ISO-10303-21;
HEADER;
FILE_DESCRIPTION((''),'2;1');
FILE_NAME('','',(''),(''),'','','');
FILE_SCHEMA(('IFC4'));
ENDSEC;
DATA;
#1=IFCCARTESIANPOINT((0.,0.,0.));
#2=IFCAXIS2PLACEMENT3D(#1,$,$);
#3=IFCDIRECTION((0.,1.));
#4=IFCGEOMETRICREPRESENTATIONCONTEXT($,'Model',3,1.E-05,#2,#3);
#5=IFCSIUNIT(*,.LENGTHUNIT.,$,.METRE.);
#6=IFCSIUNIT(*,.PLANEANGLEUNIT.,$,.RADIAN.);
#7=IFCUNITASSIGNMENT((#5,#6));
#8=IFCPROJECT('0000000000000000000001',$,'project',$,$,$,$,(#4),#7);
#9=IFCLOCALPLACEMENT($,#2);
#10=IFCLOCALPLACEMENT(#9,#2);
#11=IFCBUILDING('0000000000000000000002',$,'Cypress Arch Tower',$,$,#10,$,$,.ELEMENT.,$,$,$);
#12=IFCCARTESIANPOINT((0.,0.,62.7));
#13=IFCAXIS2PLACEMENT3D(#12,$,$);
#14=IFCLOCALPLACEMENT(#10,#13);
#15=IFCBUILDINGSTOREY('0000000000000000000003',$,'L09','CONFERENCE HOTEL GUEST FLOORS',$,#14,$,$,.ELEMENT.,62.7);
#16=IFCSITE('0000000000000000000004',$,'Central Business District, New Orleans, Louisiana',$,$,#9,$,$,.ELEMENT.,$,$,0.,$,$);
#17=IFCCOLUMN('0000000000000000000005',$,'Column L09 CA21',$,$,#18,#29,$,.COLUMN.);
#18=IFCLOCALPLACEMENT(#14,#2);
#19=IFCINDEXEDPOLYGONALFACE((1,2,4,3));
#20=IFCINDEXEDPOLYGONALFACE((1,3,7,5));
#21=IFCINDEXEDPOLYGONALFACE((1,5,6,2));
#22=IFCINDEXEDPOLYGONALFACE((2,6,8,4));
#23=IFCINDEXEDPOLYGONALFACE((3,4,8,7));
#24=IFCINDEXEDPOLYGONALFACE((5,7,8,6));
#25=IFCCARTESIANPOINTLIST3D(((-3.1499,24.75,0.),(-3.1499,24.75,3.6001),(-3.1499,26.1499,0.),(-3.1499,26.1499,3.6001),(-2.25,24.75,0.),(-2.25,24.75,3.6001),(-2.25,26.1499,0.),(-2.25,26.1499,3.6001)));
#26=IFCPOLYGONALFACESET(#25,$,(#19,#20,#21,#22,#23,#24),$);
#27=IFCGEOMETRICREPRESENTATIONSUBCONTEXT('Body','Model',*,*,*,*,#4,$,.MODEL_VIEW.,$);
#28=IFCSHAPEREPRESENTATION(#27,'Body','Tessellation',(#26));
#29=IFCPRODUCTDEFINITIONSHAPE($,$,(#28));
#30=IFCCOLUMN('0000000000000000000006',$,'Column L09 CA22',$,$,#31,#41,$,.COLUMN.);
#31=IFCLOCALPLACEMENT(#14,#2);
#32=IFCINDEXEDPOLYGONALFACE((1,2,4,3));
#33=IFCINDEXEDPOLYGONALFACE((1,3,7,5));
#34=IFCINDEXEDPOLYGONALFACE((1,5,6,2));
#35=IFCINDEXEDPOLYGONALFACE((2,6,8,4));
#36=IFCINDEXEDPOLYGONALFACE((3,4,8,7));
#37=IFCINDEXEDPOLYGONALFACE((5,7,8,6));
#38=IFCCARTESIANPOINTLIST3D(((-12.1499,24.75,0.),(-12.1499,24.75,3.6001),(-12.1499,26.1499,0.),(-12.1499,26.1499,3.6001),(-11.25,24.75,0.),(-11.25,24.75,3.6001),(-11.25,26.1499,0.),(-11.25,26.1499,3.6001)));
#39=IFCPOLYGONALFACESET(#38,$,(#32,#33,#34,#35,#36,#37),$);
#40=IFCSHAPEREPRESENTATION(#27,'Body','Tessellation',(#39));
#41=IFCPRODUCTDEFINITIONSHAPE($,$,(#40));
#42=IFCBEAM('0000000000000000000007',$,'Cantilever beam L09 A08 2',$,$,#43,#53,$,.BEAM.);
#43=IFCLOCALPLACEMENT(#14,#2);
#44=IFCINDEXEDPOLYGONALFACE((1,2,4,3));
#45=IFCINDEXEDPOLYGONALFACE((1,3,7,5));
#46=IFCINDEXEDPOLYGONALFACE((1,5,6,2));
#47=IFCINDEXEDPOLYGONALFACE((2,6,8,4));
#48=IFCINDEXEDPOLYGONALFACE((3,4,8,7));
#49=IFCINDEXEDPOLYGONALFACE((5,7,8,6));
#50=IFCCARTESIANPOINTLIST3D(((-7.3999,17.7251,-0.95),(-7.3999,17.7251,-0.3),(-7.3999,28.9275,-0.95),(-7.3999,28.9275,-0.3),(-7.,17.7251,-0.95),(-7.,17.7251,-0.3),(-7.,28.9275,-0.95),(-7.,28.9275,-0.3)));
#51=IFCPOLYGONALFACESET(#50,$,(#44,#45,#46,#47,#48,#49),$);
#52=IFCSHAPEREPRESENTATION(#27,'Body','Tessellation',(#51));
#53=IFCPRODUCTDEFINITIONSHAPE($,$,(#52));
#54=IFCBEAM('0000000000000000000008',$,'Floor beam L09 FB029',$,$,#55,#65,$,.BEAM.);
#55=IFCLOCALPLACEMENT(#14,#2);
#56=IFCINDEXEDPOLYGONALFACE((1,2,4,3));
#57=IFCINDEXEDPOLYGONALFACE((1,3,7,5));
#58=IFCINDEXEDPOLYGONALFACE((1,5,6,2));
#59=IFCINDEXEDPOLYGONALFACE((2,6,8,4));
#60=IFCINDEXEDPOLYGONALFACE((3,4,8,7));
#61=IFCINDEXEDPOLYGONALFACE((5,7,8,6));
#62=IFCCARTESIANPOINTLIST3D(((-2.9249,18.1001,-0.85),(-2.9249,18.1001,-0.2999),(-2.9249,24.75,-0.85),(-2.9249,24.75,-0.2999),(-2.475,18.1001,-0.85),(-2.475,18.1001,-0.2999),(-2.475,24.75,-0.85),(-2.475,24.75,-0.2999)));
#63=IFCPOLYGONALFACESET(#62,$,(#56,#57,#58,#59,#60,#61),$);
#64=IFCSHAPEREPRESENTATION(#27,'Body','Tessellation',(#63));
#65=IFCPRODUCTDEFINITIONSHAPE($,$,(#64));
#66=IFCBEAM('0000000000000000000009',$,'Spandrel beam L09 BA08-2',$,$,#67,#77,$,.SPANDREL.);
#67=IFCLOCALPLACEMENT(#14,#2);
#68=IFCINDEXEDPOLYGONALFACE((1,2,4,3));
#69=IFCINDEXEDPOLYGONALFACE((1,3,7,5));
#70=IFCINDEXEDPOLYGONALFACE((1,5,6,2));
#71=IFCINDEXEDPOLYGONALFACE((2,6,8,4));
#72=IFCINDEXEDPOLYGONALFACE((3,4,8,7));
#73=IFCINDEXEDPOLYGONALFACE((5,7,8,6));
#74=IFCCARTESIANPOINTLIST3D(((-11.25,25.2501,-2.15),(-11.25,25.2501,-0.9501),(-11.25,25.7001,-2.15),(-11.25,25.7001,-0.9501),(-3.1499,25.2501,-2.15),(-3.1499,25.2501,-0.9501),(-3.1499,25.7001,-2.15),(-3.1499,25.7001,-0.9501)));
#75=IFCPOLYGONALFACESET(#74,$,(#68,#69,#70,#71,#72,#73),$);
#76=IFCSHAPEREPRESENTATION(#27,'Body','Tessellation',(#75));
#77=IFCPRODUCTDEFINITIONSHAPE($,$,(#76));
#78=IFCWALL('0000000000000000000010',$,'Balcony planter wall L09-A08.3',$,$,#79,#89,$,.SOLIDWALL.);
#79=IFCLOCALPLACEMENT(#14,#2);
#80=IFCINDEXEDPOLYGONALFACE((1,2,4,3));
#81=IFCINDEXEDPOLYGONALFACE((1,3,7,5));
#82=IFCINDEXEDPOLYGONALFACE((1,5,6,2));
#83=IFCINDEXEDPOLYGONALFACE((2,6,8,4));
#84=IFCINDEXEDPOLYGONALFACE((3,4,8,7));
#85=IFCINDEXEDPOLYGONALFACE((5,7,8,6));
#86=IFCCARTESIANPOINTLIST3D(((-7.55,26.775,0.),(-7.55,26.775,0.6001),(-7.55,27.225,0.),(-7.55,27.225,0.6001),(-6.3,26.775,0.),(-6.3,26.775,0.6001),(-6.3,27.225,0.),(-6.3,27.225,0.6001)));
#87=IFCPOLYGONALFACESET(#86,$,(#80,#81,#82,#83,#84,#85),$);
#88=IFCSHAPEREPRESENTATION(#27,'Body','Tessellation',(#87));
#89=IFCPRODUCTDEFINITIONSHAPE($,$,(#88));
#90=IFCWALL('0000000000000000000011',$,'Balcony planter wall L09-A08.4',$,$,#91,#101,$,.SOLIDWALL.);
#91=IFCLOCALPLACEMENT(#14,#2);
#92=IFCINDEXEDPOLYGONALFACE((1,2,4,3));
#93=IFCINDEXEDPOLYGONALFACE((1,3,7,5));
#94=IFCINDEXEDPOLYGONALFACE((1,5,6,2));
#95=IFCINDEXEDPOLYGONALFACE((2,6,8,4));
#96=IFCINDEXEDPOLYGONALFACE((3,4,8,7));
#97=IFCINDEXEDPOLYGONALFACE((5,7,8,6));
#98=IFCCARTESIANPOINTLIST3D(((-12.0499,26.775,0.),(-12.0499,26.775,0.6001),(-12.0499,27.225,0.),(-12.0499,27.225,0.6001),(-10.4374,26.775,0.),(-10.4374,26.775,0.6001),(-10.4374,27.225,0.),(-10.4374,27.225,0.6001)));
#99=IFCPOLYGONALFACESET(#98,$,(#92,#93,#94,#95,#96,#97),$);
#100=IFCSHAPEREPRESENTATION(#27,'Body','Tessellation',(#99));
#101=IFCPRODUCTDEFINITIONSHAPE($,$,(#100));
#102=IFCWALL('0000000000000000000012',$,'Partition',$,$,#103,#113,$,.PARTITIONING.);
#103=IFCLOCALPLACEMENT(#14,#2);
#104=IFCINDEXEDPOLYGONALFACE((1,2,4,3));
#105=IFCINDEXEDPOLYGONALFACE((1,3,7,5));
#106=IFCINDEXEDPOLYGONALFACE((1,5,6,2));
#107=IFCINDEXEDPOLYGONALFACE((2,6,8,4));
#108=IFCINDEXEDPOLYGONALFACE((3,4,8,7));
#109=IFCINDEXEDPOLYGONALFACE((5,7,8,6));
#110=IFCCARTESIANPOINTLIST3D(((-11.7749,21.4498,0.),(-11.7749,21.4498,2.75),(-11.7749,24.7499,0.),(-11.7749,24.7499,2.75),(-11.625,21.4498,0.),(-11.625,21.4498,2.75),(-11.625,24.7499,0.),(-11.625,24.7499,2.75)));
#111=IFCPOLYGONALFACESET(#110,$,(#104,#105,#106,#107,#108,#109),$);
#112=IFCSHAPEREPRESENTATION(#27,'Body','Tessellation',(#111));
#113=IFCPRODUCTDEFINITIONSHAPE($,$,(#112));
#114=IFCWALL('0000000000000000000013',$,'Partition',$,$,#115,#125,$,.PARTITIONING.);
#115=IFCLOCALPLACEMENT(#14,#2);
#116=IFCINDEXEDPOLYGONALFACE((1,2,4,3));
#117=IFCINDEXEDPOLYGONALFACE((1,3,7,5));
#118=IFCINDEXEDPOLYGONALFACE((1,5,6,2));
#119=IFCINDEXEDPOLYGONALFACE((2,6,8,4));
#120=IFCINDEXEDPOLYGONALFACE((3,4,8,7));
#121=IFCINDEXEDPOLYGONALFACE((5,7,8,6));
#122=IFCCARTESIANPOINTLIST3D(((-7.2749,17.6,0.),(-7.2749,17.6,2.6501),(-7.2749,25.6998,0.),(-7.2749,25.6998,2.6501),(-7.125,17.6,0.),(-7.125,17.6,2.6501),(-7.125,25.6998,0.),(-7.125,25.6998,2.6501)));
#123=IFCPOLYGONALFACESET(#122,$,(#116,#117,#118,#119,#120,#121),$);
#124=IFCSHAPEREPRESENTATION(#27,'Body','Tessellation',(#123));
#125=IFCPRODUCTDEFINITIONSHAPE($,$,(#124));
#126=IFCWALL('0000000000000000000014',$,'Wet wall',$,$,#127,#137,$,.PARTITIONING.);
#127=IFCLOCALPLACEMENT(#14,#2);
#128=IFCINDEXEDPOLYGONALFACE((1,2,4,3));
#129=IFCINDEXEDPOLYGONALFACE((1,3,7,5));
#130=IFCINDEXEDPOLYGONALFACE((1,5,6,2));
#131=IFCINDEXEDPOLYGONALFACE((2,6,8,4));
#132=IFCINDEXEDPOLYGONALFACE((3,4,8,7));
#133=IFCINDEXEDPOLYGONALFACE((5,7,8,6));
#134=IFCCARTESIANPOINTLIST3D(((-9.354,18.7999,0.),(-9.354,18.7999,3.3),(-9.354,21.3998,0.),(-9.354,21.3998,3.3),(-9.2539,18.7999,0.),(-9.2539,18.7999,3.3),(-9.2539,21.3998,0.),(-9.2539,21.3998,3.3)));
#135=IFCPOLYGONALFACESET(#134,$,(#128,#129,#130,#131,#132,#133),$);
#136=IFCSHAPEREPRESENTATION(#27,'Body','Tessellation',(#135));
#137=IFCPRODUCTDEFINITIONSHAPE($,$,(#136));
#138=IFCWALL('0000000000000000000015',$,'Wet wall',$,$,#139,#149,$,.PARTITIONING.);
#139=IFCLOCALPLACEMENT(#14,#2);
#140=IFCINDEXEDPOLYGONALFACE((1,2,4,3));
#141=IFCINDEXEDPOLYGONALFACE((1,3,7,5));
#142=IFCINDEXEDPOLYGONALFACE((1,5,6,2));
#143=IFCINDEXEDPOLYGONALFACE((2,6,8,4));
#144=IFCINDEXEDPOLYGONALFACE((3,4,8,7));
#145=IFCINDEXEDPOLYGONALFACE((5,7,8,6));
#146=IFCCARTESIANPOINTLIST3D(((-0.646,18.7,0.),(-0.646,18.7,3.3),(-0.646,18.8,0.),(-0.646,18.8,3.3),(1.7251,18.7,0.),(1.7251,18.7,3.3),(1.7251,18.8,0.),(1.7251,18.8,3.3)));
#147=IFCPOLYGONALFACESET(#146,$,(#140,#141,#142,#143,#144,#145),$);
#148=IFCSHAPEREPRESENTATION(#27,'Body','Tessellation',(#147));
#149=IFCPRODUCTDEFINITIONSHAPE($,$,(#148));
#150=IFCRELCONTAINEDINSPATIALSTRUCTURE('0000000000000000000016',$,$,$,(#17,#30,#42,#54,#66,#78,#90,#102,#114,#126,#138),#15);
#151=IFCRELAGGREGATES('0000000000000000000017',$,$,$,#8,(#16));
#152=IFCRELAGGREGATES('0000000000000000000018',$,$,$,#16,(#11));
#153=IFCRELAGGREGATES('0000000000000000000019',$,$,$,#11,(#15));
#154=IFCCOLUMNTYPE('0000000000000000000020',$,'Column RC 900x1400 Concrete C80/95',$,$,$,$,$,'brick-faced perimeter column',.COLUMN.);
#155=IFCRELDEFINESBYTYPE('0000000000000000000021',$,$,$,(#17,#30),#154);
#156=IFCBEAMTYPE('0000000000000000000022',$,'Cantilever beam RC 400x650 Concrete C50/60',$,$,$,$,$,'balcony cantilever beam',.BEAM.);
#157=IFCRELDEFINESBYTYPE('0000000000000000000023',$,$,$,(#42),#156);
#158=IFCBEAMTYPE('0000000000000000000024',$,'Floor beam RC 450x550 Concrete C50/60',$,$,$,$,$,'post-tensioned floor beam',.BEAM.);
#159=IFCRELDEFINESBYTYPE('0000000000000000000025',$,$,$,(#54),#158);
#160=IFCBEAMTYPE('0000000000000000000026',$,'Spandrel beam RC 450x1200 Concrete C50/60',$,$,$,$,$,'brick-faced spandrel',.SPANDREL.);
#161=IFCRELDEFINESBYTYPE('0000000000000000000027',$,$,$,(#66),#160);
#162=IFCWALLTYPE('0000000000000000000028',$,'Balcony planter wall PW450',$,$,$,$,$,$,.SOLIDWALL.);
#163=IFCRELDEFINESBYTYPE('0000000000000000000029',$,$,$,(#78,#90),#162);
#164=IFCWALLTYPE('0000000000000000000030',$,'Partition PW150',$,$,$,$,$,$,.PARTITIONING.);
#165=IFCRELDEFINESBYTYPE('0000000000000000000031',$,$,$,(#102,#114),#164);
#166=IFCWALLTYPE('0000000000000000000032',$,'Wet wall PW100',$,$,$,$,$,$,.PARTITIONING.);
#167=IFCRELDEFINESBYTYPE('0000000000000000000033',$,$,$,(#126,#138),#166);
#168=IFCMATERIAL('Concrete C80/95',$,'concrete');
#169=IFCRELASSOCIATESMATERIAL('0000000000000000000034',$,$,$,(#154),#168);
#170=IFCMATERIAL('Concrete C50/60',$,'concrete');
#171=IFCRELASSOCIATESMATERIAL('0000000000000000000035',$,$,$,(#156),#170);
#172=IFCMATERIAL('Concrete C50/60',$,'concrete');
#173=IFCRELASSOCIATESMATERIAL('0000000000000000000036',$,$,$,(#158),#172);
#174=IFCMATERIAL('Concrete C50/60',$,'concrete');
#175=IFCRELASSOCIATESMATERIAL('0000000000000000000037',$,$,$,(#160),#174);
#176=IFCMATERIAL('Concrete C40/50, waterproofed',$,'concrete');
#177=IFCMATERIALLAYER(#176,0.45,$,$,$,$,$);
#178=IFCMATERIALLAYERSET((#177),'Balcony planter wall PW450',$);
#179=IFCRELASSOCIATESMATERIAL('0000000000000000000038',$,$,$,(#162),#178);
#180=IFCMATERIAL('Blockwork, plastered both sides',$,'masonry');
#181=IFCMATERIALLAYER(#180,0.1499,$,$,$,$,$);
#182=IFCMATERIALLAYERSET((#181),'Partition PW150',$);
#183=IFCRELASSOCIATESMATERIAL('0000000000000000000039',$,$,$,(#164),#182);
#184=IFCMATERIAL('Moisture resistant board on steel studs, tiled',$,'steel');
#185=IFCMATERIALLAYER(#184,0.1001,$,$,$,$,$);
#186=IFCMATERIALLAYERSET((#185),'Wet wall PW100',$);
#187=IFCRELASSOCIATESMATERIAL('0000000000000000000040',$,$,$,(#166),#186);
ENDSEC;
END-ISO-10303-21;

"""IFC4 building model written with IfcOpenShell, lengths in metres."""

from ifc_helpers import new_model, si_unit, direction, frame, frame_2d, origin, origin_2d, place, context, subcontext, project, spatial, rectangle, extrude, material, layer, layer_set, material_profile, profile_set, type_object, element, save


model = new_model("IFC4")

# Units and contexts
model_context = context("Model", 3, precision=1e-05, world=origin(), true_north=direction((0.0, 1.0)))
body_context = subcontext(model_context, "Body", "Model", "MODEL_VIEW")
ifc_project = project(units=[si_unit("LENGTHUNIT", "METRE"), si_unit("PLANEANGLEUNIT", "RADIAN")], contexts=[model_context])

# Site, building, storey
site_placement = place(None, origin())
site = spatial("IfcSite", under=ifc_project, at=site_placement, Name="Central Business District, New Orleans, Louisiana", CompositionType="ELEMENT", RefElevation=0.0)
building_placement = place(site_placement, origin())
building = spatial("IfcBuilding", under=site, at=building_placement, Name="Cypress Arch Tower", CompositionType="ELEMENT")
storey_placement = place(building_placement, frame((0.0, 0.0, 62.7)))
storey = spatial("IfcBuildingStorey", under=building, at=storey_placement, Name="L09", Description="CONFERENCE HOTEL GUEST FLOORS", CompositionType="ELEMENT", Elevation=62.7)

# Columns
ifc_material_1 = material(Name="Concrete C80/95", Category="concrete")
ifc_material_profile_1 = material_profile(ifc_material_1, rectangle(XDim=0.8999, YDim=1.3999, at=origin_2d()), Name="RC 900x1400")
ifc_profile_set_1 = profile_set([ifc_material_profile_1], Name="Concrete C80/95")
column_type = type_object("IfcColumnType", Name="Column RC 900x1400 Concrete C80/95", ElementType="brick-faced perimeter column", PredefinedType="COLUMN", material=ifc_profile_set_1)
for number, where, z_axis, x_axis, name in (
    (1, (-2.7, 25.45, 0.0), (0.0, 0.0, 1.0), (-1.0, 0.0, 0.0), "Column L09 CA21"),
    (2, (-11.7, 25.45, 0.0), (0.0, 0.0, 1.0), (-1.0, 0.0, 0.0), "Column L09 CA22"),
):
    element("IfcColumn", number, at=place(storey_placement, frame(where, z_axis=z_axis, x_axis=x_axis)), inside=storey, type_object=column_type, Name=name, PredefinedType="COLUMN", context=body_context, shape_type="SweptSolid", body=[
        extrude(rectangle(XDim=0.8999, YDim=1.3999, at=origin_2d()), origin(), (0.0, 0.0, 1.0), 3.6001),
    ])

# Beams
ifc_material_2 = material(Name="Concrete C50/60", Category="concrete")
ifc_material_profile_2 = material_profile(ifc_material_2, rectangle(XDim=0.3999, YDim=0.6499, at=origin_2d()), Name="RC 400x650")
ifc_profile_set_2 = profile_set([ifc_material_profile_2], Name="Concrete C50/60")
beam_type_1 = type_object("IfcBeamType", Name="Cantilever beam RC 400x650 Concrete C50/60", ElementType="balcony cantilever beam", PredefinedType="BEAM", material=ifc_profile_set_2)
beam_1_placement = place(storey_placement, frame((-7.2, 17.7251, -0.625), z_axis=(0.0, 1.0, 0.0), x_axis=(-1.0, 0.0, 0.0)))
element("IfcBeam", 3, at=beam_1_placement, inside=storey, type_object=beam_type_1, Name="Cantilever beam L09 A08 2", PredefinedType="BEAM", context=body_context, shape_type="SweptSolid", body=[
    extrude(rectangle(XDim=0.3999, YDim=0.6499, at=origin_2d()), origin(), (0.0, 0.0, 1.0), 11.2024),
])
ifc_material_3 = material(Name="Concrete C50/60", Category="concrete")
ifc_material_profile_3 = material_profile(ifc_material_3, rectangle(XDim=0.45, YDim=0.55, at=origin_2d()), Name="RC 450x550")
ifc_profile_set_3 = profile_set([ifc_material_profile_3], Name="Concrete C50/60")
beam_type_2 = type_object("IfcBeamType", Name="Floor beam RC 450x550 Concrete C50/60", ElementType="post-tensioned floor beam", PredefinedType="BEAM", material=ifc_profile_set_3)
beam_2_placement = place(storey_placement, frame((-2.7, 18.1001, -0.575), z_axis=(0.0, 1.0, 0.0), x_axis=(-1.0, 0.0, 0.0)))
element("IfcBeam", 4, at=beam_2_placement, inside=storey, type_object=beam_type_2, Name="Floor beam L09 FB029", PredefinedType="BEAM", context=body_context, shape_type="SweptSolid", body=[
    extrude(rectangle(XDim=0.45, YDim=0.55, at=origin_2d()), origin(), (0.0, 0.0, 1.0), 6.6499),
])
ifc_material_4 = material(Name="Concrete C50/60", Category="concrete")
ifc_material_profile_4 = material_profile(ifc_material_4, rectangle(XDim=0.45, YDim=1.2, at=origin_2d()), Name="RC 450x1200")
ifc_profile_set_4 = profile_set([ifc_material_profile_4], Name="Concrete C50/60")
beam_type_3 = type_object("IfcBeamType", Name="Spandrel beam RC 450x1200 Concrete C50/60", ElementType="brick-faced spandrel", PredefinedType="SPANDREL", material=ifc_profile_set_4)
beam_3_placement = place(storey_placement, frame((-3.1499, 25.4751, -1.55), z_axis=(-1.0, 0.0, 0.0), x_axis=(0.0, -1.0, 0.0)))
element("IfcBeam", 5, at=beam_3_placement, inside=storey, type_object=beam_type_3, Name="Spandrel beam L09 BA08-2", PredefinedType="SPANDREL", context=body_context, shape_type="SweptSolid", body=[
    extrude(rectangle(XDim=0.45, YDim=1.2, at=origin_2d()), origin(), (0.0, 0.0, 1.0), 8.1001),
])

# Walls
ifc_material_5 = material(Name="Concrete C40/50, waterproofed", Category="concrete")
ifc_layer_1 = layer(ifc_material_5, 0.45)
ifc_layer_set_1 = layer_set([ifc_layer_1], Name="Balcony planter wall PW450")
wall_type_1 = type_object("IfcWallType", Name="Balcony planter wall PW450", PredefinedType="SOLIDWALL", material=ifc_layer_set_1)
wall_1_placement = place(storey_placement, frame((-6.3, 27.0, 0.0), z_axis=(0.0, 0.0, 1.0), x_axis=(-1.0, 0.0, 0.0)))
element("IfcWall", 6, at=wall_1_placement, inside=storey, type_object=wall_type_1, Name="Balcony planter wall L09-A08.3", PredefinedType="SOLIDWALL", context=body_context, shape_type="SweptSolid", body=[
    extrude(rectangle(XDim=1.25, YDim=0.45, at=frame_2d((0.625, 0.0))), origin(), (0.0, 0.0, 1.0), 0.6001),
])
wall_2_placement = place(storey_placement, frame((-10.4375, 27.0, 0.0), z_axis=(0.0, 0.0, 1.0), x_axis=(-1.0, 0.0, 0.0)))
element("IfcWall", 7, at=wall_2_placement, inside=storey, type_object=wall_type_1, Name="Balcony planter wall L09-A08.4", PredefinedType="SOLIDWALL", context=body_context, shape_type="SweptSolid", body=[
    extrude(rectangle(XDim=1.6125, YDim=0.45, at=frame_2d((0.8062, 0.0))), origin(), (0.0, 0.0, 1.0), 0.6001),
])

# Walls
ifc_material_6 = material(Name="Blockwork, plastered both sides", Category="masonry")
ifc_layer_2 = layer(ifc_material_6, 0.1499)
ifc_layer_set_2 = layer_set([ifc_layer_2], Name="Partition PW150")
wall_type_2 = type_object("IfcWallType", Name="Partition PW150", PredefinedType="PARTITIONING", material=ifc_layer_set_2)
wall_3_placement = place(storey_placement, frame((-11.7, 21.45, 0.0), z_axis=(0.0, 0.0, 1.0), x_axis=(0.0, 1.0, 0.0)))
element("IfcWall", 8, at=wall_3_placement, inside=storey, type_object=wall_type_2, Name="Partition", PredefinedType="PARTITIONING", context=body_context, shape_type="SweptSolid", body=[
    extrude(rectangle(XDim=3.3, YDim=0.1499, at=frame_2d((1.6499, 0.0))), origin(), (0.0, 0.0, 1.0), 2.75),
])
wall_4_placement = place(storey_placement, frame((-7.2, 17.6001, 0.0), z_axis=(0.0, 0.0, 1.0), x_axis=(0.0, 1.0, 0.0)))
element("IfcWall", 9, at=wall_4_placement, inside=storey, type_object=wall_type_2, Name="Partition", PredefinedType="PARTITIONING", context=body_context, shape_type="SweptSolid", body=[
    extrude(rectangle(XDim=8.0999, YDim=0.1499, at=frame_2d((4.0498, 0.0))), origin(), (0.0, 0.0, 1.0), 2.6501),
])
ifc_material_7 = material(Name="Moisture resistant board on steel studs, tiled", Category="steel")
ifc_layer_3 = layer(ifc_material_7, 0.1001)
ifc_layer_set_3 = layer_set([ifc_layer_3], Name="Wet wall PW100")
wall_type_3 = type_object("IfcWallType", Name="Wet wall PW100", PredefinedType="PARTITIONING", material=ifc_layer_set_3)
wall_5_placement = place(storey_placement, frame((-9.304, 18.8, 0.0), z_axis=(0.0, 0.0, 1.0), x_axis=(0.0, 1.0, 0.0)))
element("IfcWall", 10, at=wall_5_placement, inside=storey, type_object=wall_type_3, Name="Wet wall", PredefinedType="PARTITIONING", context=body_context, shape_type="SweptSolid", body=[
    extrude(rectangle(XDim=2.5999, YDim=0.1001, at=frame_2d((1.2998, 0.0))), origin(), (0.0, 0.0, 1.0), 3.3),
])
wall_6_placement = place(storey_placement, frame((-0.646, 18.75, 0.0), z_axis=(0.0, 0.0, 1.0), x_axis=(1.0, 0.0, 0.0)))
element("IfcWall", 11, at=wall_6_placement, inside=storey, type_object=wall_type_3, Name="Wet wall", PredefinedType="PARTITIONING", context=body_context, shape_type="SweptSolid", body=[
    extrude(rectangle(XDim=2.3711, YDim=0.1001, at=frame_2d((1.1855, 0.0))), origin(), (0.0, 0.0, 1.0), 3.3),
])

save(model, "model.ifc")
